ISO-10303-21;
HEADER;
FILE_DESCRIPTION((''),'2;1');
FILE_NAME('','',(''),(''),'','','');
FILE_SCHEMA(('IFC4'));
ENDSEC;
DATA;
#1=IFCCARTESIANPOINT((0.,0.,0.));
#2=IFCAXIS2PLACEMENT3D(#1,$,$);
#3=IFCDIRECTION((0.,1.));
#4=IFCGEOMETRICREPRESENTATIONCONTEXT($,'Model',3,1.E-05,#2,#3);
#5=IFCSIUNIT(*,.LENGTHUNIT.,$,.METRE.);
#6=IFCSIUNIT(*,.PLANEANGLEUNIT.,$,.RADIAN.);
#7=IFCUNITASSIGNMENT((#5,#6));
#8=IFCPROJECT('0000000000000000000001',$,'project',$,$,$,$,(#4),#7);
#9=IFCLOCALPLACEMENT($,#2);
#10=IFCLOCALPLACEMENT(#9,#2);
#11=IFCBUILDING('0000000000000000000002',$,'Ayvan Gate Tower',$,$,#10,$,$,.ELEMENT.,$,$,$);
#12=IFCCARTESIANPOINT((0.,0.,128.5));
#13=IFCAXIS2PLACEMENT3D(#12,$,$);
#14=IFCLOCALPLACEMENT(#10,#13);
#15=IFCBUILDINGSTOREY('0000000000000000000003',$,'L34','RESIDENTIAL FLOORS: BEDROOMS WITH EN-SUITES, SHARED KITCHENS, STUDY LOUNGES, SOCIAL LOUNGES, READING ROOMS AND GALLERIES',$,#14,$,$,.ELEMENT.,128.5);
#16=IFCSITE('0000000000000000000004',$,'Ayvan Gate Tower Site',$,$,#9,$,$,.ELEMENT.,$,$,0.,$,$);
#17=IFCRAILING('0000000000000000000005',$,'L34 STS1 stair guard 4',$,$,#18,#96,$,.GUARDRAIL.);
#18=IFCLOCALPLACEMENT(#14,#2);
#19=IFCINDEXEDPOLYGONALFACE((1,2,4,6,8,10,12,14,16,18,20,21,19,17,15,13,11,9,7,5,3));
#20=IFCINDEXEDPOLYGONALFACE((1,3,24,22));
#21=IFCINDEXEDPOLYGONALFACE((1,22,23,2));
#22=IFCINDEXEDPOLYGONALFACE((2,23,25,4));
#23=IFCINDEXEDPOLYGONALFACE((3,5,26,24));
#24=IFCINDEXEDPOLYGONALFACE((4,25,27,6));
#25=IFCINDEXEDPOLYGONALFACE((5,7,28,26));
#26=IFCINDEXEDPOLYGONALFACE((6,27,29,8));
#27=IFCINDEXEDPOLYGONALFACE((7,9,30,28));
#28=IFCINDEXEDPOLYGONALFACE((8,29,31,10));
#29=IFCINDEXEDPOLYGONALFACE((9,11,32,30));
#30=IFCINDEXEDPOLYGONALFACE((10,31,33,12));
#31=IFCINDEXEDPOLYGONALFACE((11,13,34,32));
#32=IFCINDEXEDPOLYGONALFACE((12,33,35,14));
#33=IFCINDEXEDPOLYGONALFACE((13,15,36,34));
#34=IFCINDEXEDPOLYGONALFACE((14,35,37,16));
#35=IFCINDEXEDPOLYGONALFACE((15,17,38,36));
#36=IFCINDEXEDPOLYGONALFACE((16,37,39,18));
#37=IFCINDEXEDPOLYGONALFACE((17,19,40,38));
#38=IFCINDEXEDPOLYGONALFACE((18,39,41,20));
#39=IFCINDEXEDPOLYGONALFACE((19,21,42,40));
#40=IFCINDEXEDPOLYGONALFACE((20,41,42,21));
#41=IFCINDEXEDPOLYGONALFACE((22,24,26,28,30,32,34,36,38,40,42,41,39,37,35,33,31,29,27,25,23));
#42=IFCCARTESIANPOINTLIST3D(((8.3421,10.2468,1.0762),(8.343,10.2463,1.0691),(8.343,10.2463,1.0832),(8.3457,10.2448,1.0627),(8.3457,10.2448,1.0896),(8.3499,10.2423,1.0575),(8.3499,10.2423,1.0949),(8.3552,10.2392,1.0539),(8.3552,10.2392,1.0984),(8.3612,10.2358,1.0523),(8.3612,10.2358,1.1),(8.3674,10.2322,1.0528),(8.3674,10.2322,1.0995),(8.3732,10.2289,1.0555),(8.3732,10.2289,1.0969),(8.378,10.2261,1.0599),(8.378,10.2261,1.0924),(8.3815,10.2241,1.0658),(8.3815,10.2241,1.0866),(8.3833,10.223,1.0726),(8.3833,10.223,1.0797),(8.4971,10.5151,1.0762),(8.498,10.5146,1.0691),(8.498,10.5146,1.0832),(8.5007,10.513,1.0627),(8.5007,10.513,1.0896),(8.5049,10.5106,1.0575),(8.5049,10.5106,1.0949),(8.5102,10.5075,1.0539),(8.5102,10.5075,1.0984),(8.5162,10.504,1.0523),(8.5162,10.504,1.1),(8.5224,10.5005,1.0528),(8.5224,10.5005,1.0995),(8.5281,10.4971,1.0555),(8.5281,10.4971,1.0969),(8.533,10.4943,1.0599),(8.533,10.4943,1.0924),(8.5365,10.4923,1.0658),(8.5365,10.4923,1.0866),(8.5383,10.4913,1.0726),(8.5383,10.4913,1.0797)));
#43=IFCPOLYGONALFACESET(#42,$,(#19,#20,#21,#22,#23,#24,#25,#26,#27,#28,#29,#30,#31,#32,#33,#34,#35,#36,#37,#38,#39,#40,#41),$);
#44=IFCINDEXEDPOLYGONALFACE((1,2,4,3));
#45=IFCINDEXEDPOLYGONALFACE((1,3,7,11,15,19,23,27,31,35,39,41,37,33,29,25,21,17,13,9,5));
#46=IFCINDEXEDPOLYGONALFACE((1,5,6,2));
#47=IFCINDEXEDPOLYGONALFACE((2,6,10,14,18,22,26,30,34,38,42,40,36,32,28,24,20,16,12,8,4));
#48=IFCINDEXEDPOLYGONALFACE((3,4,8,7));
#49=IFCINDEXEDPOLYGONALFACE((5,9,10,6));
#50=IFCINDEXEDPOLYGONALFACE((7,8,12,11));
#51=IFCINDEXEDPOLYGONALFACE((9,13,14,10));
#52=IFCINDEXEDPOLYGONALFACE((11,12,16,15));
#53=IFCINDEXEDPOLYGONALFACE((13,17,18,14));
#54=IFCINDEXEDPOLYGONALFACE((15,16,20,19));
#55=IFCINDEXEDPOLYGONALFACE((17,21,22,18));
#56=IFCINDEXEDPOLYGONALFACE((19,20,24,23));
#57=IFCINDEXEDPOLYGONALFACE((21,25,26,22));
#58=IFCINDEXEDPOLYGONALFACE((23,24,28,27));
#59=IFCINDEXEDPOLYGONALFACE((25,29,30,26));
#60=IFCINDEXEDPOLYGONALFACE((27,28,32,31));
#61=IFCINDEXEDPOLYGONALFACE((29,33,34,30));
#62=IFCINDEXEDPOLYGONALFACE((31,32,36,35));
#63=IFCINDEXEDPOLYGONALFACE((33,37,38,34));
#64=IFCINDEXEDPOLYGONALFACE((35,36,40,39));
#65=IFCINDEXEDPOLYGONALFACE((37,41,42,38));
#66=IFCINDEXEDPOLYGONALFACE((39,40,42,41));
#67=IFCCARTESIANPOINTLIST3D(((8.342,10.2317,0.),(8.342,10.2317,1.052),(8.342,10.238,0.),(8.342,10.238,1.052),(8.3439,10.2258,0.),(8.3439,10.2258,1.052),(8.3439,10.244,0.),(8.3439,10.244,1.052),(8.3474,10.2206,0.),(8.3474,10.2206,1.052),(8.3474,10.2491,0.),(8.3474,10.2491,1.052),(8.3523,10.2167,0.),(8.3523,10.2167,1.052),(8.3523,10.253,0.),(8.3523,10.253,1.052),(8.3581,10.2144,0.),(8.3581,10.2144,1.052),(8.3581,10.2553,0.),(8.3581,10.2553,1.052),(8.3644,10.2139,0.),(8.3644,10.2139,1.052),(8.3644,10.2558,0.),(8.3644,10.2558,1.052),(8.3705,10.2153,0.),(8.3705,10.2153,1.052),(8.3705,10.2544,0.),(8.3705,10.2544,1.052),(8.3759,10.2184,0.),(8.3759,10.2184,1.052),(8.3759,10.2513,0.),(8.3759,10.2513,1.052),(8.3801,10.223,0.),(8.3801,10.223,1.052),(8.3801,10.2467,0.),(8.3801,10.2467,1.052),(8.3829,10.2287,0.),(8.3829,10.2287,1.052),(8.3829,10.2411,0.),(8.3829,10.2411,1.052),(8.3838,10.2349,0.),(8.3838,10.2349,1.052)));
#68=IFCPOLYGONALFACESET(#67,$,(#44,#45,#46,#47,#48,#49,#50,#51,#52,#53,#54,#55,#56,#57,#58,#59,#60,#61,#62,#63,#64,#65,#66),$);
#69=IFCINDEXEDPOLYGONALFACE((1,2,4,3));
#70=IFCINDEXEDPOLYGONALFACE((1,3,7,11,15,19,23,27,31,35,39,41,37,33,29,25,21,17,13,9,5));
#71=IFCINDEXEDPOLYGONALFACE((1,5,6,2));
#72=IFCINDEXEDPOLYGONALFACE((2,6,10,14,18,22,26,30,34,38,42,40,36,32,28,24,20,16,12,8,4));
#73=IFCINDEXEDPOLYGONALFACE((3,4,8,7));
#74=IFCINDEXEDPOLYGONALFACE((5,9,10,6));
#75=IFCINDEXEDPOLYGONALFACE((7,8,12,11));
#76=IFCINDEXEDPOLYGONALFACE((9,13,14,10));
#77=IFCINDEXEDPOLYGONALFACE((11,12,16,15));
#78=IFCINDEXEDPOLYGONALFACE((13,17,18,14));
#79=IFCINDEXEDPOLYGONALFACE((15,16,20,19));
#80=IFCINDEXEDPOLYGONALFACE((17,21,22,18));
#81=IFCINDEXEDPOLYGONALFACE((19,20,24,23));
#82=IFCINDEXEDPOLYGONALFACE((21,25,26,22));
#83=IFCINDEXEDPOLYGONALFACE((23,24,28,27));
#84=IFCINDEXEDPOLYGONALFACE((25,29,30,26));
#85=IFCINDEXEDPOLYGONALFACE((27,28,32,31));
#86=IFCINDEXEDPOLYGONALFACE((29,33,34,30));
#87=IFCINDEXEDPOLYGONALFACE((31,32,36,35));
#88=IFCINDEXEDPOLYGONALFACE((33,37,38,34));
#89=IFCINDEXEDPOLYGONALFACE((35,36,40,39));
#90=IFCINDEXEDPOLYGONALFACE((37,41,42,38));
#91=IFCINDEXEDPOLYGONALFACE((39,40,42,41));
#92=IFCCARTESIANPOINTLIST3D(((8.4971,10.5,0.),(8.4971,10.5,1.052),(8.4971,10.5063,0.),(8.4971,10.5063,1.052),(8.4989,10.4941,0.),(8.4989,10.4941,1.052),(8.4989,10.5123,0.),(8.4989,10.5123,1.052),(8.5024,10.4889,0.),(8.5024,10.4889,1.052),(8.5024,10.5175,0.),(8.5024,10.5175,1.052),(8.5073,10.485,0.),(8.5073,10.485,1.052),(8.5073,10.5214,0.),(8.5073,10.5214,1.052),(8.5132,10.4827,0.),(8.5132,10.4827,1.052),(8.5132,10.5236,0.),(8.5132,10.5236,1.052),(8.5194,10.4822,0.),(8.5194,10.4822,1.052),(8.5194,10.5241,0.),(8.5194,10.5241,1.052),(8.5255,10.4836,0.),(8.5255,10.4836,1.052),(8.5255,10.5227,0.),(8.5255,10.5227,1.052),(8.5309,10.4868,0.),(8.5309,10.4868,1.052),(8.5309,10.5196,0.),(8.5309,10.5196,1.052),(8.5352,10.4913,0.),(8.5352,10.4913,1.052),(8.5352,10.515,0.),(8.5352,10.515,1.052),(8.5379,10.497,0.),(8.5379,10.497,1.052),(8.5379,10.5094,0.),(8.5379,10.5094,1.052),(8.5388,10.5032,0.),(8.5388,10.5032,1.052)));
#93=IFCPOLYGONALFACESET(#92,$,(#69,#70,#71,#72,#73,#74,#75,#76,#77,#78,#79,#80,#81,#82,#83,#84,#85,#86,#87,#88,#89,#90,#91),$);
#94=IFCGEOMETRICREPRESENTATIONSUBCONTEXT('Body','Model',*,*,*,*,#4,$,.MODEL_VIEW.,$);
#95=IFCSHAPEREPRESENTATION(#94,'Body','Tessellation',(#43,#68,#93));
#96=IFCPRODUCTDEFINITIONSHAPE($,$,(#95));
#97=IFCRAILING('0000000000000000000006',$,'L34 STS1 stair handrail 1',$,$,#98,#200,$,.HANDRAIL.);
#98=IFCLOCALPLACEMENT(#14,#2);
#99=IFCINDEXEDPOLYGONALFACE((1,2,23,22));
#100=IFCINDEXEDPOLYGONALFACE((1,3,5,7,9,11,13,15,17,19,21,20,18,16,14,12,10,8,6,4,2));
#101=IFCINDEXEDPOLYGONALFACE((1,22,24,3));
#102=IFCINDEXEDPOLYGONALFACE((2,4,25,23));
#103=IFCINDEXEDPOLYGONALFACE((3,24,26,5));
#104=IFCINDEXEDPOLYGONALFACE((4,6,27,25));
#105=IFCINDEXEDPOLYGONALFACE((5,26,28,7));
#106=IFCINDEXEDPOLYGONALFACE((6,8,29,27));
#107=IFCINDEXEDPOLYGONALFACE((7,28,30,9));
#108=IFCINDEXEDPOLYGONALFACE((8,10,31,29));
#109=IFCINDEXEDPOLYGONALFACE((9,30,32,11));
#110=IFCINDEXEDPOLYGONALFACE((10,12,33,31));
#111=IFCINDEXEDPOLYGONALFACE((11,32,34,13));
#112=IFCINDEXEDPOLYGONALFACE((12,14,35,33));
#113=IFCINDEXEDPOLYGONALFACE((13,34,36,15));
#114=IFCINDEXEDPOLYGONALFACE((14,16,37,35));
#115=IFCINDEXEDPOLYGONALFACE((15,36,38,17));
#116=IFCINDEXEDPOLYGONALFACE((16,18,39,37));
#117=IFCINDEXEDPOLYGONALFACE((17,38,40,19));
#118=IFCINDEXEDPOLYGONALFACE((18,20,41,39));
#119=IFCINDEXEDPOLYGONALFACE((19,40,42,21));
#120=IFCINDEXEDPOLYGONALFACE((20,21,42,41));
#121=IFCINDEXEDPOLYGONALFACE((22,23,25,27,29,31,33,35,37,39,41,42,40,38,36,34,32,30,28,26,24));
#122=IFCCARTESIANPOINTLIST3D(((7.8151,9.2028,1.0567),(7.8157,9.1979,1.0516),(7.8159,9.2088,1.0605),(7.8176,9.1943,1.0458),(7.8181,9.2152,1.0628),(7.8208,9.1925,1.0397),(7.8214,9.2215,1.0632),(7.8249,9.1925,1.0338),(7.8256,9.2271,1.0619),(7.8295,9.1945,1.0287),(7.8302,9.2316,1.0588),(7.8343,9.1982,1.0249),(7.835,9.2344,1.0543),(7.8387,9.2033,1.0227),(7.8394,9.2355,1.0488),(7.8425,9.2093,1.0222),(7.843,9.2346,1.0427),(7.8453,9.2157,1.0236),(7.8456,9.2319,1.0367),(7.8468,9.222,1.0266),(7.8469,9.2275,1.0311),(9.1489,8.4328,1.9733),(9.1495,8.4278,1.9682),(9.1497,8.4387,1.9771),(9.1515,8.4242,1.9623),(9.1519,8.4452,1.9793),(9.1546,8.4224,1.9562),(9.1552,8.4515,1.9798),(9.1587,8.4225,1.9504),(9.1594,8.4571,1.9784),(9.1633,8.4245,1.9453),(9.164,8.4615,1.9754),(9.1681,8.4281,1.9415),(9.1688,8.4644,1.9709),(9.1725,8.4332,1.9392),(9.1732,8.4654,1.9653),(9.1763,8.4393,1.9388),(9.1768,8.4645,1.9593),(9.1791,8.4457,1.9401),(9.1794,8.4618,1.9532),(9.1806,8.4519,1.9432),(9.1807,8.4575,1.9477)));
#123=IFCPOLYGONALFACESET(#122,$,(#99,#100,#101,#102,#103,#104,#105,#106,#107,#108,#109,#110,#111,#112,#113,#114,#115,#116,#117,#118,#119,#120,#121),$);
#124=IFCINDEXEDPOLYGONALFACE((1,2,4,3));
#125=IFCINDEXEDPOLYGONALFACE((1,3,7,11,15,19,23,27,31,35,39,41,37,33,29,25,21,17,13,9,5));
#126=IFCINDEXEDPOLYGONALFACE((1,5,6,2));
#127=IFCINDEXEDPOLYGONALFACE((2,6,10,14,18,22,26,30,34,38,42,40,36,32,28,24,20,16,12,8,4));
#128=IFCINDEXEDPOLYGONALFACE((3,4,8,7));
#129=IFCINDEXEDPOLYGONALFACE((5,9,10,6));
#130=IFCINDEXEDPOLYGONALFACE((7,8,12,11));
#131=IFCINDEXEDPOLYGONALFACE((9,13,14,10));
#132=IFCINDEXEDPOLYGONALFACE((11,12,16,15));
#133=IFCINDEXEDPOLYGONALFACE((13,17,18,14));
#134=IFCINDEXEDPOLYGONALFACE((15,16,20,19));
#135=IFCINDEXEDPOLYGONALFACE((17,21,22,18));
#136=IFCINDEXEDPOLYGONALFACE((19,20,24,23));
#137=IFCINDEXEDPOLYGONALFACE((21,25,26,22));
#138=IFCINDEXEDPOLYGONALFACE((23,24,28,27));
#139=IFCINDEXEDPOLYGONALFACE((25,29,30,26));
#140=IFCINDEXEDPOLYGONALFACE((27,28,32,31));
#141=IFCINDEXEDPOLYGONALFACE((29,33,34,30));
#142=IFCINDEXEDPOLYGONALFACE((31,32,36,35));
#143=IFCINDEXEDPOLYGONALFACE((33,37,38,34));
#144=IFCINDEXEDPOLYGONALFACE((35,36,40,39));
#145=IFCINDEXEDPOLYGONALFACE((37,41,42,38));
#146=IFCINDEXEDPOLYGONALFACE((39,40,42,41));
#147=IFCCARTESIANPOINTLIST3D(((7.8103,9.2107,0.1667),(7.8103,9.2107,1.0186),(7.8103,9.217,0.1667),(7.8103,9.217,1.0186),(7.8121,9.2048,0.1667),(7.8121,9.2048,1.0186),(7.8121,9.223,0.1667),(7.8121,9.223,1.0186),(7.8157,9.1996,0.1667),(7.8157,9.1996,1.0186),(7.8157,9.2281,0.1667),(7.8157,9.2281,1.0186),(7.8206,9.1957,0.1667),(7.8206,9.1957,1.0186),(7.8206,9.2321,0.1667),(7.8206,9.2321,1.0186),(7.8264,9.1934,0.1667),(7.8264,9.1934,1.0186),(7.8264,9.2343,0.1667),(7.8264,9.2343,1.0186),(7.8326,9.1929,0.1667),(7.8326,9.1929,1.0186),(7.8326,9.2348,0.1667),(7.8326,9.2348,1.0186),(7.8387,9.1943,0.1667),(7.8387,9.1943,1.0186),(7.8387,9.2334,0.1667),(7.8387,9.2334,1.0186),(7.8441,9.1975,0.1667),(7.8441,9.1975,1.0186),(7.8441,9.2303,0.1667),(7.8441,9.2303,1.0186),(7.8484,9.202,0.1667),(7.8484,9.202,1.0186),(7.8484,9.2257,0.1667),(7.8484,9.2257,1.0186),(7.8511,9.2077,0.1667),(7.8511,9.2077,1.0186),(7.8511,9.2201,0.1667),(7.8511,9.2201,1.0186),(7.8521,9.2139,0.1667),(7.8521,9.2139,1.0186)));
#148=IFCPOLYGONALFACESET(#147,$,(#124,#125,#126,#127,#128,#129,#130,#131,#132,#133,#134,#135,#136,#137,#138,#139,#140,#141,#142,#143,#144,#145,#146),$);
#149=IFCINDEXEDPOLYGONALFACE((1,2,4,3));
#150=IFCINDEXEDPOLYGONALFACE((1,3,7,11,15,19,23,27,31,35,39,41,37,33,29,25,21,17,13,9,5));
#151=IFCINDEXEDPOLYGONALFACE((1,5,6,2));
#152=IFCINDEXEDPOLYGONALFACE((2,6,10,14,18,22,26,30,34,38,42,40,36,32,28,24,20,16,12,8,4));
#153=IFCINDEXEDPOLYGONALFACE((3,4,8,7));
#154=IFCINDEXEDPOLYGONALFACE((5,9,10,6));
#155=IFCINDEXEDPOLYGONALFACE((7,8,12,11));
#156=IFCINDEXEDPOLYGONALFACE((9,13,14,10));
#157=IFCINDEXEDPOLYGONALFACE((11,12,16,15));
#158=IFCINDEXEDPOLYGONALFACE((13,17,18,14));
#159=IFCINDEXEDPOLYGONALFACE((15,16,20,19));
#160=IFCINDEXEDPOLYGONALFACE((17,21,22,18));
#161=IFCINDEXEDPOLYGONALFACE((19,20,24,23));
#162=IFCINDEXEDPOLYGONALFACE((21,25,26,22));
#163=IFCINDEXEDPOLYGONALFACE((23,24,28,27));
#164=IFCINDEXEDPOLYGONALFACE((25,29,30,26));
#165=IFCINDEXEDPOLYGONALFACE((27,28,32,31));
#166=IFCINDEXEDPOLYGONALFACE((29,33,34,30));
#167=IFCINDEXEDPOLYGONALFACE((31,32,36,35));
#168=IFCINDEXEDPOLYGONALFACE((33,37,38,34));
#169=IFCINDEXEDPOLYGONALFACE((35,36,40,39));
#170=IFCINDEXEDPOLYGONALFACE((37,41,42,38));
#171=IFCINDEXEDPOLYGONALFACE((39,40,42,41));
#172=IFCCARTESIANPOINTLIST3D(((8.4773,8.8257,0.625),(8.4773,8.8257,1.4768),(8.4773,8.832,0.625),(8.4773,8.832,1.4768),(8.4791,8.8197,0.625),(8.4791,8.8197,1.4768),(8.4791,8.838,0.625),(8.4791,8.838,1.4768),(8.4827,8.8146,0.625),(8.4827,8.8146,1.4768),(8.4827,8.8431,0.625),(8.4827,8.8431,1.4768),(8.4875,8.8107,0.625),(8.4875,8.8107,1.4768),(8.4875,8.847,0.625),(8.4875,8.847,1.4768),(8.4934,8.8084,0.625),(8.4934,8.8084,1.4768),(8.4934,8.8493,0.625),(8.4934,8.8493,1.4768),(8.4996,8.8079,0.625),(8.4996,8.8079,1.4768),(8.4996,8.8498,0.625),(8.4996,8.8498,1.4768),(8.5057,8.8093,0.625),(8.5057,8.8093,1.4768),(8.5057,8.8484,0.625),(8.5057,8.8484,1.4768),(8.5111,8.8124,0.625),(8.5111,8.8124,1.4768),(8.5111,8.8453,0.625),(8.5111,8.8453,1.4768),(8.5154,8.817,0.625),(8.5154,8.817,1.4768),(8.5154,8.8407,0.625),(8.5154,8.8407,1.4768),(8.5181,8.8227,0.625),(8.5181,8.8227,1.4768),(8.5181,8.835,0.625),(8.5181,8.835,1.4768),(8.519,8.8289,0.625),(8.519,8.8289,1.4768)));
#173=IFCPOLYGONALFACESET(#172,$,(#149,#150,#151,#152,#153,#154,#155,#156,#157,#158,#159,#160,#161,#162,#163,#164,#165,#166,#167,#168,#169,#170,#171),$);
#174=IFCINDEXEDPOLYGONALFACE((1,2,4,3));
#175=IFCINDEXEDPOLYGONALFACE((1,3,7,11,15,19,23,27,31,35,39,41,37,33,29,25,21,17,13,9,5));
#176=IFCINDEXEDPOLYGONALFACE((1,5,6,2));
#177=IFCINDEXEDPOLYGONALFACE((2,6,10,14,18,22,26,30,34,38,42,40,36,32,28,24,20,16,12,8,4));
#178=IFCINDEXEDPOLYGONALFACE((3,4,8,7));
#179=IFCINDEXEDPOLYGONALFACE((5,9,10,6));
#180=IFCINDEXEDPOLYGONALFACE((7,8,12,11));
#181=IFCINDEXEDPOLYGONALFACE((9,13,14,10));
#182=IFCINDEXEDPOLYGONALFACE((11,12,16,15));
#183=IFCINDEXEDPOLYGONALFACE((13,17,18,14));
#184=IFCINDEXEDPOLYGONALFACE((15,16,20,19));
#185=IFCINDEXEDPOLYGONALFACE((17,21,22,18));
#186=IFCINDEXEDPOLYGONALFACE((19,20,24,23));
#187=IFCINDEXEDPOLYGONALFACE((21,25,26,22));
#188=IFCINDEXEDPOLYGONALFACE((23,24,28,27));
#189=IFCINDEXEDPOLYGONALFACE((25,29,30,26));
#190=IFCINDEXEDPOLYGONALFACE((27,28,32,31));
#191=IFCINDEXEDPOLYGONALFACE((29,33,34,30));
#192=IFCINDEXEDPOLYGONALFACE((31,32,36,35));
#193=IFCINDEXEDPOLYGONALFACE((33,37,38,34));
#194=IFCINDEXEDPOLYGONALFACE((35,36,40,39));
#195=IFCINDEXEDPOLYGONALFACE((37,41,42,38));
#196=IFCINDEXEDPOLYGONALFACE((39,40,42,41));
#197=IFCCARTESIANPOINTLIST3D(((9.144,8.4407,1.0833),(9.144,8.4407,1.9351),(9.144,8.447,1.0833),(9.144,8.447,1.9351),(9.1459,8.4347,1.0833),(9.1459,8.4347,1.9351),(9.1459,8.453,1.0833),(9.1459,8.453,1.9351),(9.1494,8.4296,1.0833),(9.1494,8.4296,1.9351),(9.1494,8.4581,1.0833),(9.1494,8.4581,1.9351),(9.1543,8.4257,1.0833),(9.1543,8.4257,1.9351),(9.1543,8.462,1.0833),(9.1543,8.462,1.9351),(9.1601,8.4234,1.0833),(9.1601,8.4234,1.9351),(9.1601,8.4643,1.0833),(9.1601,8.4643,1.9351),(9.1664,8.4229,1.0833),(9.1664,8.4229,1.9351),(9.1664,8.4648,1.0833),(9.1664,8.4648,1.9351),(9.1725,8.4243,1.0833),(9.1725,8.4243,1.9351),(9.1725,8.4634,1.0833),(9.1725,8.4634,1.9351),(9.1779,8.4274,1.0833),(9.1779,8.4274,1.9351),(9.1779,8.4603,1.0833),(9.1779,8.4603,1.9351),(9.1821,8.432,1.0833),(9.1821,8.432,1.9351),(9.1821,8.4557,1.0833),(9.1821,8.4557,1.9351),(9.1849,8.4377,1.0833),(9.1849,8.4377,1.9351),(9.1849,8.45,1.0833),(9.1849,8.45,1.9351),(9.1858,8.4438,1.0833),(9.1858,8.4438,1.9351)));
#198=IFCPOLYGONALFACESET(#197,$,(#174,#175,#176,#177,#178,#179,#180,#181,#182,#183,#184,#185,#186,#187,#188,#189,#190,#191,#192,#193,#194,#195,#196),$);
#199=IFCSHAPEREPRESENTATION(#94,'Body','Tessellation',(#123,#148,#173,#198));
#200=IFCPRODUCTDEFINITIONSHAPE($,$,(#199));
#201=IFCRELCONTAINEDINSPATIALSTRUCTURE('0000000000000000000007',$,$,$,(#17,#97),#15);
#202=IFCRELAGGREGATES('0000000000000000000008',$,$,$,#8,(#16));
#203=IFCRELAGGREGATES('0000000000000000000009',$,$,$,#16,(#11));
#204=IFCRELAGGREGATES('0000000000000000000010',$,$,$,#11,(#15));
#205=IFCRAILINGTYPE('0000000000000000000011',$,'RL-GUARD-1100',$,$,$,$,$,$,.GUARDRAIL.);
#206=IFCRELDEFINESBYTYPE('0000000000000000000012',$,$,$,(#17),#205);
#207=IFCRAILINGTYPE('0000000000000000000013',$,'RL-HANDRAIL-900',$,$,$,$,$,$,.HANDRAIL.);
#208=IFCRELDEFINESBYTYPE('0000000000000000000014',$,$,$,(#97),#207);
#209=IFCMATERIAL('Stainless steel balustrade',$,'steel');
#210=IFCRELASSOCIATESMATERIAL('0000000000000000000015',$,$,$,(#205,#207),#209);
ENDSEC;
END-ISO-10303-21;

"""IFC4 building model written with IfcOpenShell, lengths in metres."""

from ifc_helpers import new_model, si_unit, direction, frame, origin, origin_2d, place, context, subcontext, project, spatial, circle, extrude, material, type_object, element, save


model = new_model("IFC4")

# Units and contexts
model_context = context("Model", 3, precision=1e-05, world=origin(), true_north=direction((0.0, 1.0)))
body_context = subcontext(model_context, "Body", "Model", "MODEL_VIEW")
ifc_project = project(units=[si_unit("LENGTHUNIT", "METRE"), si_unit("PLANEANGLEUNIT", "RADIAN")], contexts=[model_context])

# Site, building, storey
site_placement = place(None, origin())
site = spatial("IfcSite", under=ifc_project, at=site_placement, Name="Ayvan Gate Tower Site", CompositionType="ELEMENT", RefElevation=0.0)
building_placement = place(site_placement, origin())
building = spatial("IfcBuilding", under=site, at=building_placement, Name="Ayvan Gate Tower", CompositionType="ELEMENT")
storey_placement = place(building_placement, frame((0.0, 0.0, 128.5)))
storey = spatial("IfcBuildingStorey", under=building, at=storey_placement, Name="L34", Description="RESIDENTIAL FLOORS: BEDROOMS WITH EN-SUITES, SHARED KITCHENS, STUDY LOUNGES, SOCIAL LOUNGES, READING ROOMS AND GALLERIES", CompositionType="ELEMENT", Elevation=128.5)

# Railings
ifc_material_1 = material(Name="Stainless steel balustrade", Category="steel")
railing_type_1 = type_object("IfcRailingType", Name="RL-GUARD-1100", PredefinedType="GUARDRAIL", material=ifc_material_1)
railing_1_placement = place(storey_placement, frame((8.3628, 10.2349, 0.0)))
element("IfcRailing", 1, at=railing_1_placement, inside=storey, type_object=railing_type_1, Name="L34 STS1 stair guard 4", PredefinedType="GUARDRAIL", context=body_context, shape_type="SweptSolid", body=[
    extrude(circle(Radius=0.0239, at=origin_2d()), frame((0.0, 0.0, 1.0762), z_axis=(0.500291, 0.865857, 0.0), x_axis=(-0.865857, 0.500291, 0.0)), (0.0, 0.0, 1.0), 0.3098),
    extrude(circle(Radius=0.021, at=origin_2d()), origin(), (0.0, 0.0, 1.0), 1.052),
    extrude(circle(Radius=0.021, at=origin_2d()), frame((0.155, 0.2683, 0.0)), (0.0, 0.0, 1.0), 1.052),
])
railing_type_2 = type_object("IfcRailingType", Name="RL-HANDRAIL-900", PredefinedType="HANDRAIL", material=ifc_material_1)
railing_2_placement = place(storey_placement, frame((7.8311, 9.2139, 0.1667)))
element("IfcRailing", 2, at=railing_2_placement, inside=storey, type_object=railing_type_2, Name="L34 STS1 stair handrail 1", PredefinedType="HANDRAIL", context=body_context, shape_type="SweptSolid", body=[
    extrude(circle(Radius=0.0239, at=origin_2d()), frame((0.0, 0.0, 0.876), z_axis=(0.744216, -0.429664, 0.511401), x_axis=(0.499992, 0.86603, 0.0)), (0.0, 0.0, 1.0), 1.7922),
    extrude(circle(Radius=0.021, at=origin_2d()), origin(), (0.0, 0.0, 1.0), 0.8518),
    extrude(circle(Radius=0.021, at=origin_2d()), frame((0.667, -0.385, 0.4583)), (0.0, 0.0, 1.0), 0.8518),
    extrude(circle(Radius=0.021, at=origin_2d()), frame((1.3337, -0.77, 0.9165)), (0.0, 0.0, 1.0), 0.8518),
])

save(model, "model.ifc")
